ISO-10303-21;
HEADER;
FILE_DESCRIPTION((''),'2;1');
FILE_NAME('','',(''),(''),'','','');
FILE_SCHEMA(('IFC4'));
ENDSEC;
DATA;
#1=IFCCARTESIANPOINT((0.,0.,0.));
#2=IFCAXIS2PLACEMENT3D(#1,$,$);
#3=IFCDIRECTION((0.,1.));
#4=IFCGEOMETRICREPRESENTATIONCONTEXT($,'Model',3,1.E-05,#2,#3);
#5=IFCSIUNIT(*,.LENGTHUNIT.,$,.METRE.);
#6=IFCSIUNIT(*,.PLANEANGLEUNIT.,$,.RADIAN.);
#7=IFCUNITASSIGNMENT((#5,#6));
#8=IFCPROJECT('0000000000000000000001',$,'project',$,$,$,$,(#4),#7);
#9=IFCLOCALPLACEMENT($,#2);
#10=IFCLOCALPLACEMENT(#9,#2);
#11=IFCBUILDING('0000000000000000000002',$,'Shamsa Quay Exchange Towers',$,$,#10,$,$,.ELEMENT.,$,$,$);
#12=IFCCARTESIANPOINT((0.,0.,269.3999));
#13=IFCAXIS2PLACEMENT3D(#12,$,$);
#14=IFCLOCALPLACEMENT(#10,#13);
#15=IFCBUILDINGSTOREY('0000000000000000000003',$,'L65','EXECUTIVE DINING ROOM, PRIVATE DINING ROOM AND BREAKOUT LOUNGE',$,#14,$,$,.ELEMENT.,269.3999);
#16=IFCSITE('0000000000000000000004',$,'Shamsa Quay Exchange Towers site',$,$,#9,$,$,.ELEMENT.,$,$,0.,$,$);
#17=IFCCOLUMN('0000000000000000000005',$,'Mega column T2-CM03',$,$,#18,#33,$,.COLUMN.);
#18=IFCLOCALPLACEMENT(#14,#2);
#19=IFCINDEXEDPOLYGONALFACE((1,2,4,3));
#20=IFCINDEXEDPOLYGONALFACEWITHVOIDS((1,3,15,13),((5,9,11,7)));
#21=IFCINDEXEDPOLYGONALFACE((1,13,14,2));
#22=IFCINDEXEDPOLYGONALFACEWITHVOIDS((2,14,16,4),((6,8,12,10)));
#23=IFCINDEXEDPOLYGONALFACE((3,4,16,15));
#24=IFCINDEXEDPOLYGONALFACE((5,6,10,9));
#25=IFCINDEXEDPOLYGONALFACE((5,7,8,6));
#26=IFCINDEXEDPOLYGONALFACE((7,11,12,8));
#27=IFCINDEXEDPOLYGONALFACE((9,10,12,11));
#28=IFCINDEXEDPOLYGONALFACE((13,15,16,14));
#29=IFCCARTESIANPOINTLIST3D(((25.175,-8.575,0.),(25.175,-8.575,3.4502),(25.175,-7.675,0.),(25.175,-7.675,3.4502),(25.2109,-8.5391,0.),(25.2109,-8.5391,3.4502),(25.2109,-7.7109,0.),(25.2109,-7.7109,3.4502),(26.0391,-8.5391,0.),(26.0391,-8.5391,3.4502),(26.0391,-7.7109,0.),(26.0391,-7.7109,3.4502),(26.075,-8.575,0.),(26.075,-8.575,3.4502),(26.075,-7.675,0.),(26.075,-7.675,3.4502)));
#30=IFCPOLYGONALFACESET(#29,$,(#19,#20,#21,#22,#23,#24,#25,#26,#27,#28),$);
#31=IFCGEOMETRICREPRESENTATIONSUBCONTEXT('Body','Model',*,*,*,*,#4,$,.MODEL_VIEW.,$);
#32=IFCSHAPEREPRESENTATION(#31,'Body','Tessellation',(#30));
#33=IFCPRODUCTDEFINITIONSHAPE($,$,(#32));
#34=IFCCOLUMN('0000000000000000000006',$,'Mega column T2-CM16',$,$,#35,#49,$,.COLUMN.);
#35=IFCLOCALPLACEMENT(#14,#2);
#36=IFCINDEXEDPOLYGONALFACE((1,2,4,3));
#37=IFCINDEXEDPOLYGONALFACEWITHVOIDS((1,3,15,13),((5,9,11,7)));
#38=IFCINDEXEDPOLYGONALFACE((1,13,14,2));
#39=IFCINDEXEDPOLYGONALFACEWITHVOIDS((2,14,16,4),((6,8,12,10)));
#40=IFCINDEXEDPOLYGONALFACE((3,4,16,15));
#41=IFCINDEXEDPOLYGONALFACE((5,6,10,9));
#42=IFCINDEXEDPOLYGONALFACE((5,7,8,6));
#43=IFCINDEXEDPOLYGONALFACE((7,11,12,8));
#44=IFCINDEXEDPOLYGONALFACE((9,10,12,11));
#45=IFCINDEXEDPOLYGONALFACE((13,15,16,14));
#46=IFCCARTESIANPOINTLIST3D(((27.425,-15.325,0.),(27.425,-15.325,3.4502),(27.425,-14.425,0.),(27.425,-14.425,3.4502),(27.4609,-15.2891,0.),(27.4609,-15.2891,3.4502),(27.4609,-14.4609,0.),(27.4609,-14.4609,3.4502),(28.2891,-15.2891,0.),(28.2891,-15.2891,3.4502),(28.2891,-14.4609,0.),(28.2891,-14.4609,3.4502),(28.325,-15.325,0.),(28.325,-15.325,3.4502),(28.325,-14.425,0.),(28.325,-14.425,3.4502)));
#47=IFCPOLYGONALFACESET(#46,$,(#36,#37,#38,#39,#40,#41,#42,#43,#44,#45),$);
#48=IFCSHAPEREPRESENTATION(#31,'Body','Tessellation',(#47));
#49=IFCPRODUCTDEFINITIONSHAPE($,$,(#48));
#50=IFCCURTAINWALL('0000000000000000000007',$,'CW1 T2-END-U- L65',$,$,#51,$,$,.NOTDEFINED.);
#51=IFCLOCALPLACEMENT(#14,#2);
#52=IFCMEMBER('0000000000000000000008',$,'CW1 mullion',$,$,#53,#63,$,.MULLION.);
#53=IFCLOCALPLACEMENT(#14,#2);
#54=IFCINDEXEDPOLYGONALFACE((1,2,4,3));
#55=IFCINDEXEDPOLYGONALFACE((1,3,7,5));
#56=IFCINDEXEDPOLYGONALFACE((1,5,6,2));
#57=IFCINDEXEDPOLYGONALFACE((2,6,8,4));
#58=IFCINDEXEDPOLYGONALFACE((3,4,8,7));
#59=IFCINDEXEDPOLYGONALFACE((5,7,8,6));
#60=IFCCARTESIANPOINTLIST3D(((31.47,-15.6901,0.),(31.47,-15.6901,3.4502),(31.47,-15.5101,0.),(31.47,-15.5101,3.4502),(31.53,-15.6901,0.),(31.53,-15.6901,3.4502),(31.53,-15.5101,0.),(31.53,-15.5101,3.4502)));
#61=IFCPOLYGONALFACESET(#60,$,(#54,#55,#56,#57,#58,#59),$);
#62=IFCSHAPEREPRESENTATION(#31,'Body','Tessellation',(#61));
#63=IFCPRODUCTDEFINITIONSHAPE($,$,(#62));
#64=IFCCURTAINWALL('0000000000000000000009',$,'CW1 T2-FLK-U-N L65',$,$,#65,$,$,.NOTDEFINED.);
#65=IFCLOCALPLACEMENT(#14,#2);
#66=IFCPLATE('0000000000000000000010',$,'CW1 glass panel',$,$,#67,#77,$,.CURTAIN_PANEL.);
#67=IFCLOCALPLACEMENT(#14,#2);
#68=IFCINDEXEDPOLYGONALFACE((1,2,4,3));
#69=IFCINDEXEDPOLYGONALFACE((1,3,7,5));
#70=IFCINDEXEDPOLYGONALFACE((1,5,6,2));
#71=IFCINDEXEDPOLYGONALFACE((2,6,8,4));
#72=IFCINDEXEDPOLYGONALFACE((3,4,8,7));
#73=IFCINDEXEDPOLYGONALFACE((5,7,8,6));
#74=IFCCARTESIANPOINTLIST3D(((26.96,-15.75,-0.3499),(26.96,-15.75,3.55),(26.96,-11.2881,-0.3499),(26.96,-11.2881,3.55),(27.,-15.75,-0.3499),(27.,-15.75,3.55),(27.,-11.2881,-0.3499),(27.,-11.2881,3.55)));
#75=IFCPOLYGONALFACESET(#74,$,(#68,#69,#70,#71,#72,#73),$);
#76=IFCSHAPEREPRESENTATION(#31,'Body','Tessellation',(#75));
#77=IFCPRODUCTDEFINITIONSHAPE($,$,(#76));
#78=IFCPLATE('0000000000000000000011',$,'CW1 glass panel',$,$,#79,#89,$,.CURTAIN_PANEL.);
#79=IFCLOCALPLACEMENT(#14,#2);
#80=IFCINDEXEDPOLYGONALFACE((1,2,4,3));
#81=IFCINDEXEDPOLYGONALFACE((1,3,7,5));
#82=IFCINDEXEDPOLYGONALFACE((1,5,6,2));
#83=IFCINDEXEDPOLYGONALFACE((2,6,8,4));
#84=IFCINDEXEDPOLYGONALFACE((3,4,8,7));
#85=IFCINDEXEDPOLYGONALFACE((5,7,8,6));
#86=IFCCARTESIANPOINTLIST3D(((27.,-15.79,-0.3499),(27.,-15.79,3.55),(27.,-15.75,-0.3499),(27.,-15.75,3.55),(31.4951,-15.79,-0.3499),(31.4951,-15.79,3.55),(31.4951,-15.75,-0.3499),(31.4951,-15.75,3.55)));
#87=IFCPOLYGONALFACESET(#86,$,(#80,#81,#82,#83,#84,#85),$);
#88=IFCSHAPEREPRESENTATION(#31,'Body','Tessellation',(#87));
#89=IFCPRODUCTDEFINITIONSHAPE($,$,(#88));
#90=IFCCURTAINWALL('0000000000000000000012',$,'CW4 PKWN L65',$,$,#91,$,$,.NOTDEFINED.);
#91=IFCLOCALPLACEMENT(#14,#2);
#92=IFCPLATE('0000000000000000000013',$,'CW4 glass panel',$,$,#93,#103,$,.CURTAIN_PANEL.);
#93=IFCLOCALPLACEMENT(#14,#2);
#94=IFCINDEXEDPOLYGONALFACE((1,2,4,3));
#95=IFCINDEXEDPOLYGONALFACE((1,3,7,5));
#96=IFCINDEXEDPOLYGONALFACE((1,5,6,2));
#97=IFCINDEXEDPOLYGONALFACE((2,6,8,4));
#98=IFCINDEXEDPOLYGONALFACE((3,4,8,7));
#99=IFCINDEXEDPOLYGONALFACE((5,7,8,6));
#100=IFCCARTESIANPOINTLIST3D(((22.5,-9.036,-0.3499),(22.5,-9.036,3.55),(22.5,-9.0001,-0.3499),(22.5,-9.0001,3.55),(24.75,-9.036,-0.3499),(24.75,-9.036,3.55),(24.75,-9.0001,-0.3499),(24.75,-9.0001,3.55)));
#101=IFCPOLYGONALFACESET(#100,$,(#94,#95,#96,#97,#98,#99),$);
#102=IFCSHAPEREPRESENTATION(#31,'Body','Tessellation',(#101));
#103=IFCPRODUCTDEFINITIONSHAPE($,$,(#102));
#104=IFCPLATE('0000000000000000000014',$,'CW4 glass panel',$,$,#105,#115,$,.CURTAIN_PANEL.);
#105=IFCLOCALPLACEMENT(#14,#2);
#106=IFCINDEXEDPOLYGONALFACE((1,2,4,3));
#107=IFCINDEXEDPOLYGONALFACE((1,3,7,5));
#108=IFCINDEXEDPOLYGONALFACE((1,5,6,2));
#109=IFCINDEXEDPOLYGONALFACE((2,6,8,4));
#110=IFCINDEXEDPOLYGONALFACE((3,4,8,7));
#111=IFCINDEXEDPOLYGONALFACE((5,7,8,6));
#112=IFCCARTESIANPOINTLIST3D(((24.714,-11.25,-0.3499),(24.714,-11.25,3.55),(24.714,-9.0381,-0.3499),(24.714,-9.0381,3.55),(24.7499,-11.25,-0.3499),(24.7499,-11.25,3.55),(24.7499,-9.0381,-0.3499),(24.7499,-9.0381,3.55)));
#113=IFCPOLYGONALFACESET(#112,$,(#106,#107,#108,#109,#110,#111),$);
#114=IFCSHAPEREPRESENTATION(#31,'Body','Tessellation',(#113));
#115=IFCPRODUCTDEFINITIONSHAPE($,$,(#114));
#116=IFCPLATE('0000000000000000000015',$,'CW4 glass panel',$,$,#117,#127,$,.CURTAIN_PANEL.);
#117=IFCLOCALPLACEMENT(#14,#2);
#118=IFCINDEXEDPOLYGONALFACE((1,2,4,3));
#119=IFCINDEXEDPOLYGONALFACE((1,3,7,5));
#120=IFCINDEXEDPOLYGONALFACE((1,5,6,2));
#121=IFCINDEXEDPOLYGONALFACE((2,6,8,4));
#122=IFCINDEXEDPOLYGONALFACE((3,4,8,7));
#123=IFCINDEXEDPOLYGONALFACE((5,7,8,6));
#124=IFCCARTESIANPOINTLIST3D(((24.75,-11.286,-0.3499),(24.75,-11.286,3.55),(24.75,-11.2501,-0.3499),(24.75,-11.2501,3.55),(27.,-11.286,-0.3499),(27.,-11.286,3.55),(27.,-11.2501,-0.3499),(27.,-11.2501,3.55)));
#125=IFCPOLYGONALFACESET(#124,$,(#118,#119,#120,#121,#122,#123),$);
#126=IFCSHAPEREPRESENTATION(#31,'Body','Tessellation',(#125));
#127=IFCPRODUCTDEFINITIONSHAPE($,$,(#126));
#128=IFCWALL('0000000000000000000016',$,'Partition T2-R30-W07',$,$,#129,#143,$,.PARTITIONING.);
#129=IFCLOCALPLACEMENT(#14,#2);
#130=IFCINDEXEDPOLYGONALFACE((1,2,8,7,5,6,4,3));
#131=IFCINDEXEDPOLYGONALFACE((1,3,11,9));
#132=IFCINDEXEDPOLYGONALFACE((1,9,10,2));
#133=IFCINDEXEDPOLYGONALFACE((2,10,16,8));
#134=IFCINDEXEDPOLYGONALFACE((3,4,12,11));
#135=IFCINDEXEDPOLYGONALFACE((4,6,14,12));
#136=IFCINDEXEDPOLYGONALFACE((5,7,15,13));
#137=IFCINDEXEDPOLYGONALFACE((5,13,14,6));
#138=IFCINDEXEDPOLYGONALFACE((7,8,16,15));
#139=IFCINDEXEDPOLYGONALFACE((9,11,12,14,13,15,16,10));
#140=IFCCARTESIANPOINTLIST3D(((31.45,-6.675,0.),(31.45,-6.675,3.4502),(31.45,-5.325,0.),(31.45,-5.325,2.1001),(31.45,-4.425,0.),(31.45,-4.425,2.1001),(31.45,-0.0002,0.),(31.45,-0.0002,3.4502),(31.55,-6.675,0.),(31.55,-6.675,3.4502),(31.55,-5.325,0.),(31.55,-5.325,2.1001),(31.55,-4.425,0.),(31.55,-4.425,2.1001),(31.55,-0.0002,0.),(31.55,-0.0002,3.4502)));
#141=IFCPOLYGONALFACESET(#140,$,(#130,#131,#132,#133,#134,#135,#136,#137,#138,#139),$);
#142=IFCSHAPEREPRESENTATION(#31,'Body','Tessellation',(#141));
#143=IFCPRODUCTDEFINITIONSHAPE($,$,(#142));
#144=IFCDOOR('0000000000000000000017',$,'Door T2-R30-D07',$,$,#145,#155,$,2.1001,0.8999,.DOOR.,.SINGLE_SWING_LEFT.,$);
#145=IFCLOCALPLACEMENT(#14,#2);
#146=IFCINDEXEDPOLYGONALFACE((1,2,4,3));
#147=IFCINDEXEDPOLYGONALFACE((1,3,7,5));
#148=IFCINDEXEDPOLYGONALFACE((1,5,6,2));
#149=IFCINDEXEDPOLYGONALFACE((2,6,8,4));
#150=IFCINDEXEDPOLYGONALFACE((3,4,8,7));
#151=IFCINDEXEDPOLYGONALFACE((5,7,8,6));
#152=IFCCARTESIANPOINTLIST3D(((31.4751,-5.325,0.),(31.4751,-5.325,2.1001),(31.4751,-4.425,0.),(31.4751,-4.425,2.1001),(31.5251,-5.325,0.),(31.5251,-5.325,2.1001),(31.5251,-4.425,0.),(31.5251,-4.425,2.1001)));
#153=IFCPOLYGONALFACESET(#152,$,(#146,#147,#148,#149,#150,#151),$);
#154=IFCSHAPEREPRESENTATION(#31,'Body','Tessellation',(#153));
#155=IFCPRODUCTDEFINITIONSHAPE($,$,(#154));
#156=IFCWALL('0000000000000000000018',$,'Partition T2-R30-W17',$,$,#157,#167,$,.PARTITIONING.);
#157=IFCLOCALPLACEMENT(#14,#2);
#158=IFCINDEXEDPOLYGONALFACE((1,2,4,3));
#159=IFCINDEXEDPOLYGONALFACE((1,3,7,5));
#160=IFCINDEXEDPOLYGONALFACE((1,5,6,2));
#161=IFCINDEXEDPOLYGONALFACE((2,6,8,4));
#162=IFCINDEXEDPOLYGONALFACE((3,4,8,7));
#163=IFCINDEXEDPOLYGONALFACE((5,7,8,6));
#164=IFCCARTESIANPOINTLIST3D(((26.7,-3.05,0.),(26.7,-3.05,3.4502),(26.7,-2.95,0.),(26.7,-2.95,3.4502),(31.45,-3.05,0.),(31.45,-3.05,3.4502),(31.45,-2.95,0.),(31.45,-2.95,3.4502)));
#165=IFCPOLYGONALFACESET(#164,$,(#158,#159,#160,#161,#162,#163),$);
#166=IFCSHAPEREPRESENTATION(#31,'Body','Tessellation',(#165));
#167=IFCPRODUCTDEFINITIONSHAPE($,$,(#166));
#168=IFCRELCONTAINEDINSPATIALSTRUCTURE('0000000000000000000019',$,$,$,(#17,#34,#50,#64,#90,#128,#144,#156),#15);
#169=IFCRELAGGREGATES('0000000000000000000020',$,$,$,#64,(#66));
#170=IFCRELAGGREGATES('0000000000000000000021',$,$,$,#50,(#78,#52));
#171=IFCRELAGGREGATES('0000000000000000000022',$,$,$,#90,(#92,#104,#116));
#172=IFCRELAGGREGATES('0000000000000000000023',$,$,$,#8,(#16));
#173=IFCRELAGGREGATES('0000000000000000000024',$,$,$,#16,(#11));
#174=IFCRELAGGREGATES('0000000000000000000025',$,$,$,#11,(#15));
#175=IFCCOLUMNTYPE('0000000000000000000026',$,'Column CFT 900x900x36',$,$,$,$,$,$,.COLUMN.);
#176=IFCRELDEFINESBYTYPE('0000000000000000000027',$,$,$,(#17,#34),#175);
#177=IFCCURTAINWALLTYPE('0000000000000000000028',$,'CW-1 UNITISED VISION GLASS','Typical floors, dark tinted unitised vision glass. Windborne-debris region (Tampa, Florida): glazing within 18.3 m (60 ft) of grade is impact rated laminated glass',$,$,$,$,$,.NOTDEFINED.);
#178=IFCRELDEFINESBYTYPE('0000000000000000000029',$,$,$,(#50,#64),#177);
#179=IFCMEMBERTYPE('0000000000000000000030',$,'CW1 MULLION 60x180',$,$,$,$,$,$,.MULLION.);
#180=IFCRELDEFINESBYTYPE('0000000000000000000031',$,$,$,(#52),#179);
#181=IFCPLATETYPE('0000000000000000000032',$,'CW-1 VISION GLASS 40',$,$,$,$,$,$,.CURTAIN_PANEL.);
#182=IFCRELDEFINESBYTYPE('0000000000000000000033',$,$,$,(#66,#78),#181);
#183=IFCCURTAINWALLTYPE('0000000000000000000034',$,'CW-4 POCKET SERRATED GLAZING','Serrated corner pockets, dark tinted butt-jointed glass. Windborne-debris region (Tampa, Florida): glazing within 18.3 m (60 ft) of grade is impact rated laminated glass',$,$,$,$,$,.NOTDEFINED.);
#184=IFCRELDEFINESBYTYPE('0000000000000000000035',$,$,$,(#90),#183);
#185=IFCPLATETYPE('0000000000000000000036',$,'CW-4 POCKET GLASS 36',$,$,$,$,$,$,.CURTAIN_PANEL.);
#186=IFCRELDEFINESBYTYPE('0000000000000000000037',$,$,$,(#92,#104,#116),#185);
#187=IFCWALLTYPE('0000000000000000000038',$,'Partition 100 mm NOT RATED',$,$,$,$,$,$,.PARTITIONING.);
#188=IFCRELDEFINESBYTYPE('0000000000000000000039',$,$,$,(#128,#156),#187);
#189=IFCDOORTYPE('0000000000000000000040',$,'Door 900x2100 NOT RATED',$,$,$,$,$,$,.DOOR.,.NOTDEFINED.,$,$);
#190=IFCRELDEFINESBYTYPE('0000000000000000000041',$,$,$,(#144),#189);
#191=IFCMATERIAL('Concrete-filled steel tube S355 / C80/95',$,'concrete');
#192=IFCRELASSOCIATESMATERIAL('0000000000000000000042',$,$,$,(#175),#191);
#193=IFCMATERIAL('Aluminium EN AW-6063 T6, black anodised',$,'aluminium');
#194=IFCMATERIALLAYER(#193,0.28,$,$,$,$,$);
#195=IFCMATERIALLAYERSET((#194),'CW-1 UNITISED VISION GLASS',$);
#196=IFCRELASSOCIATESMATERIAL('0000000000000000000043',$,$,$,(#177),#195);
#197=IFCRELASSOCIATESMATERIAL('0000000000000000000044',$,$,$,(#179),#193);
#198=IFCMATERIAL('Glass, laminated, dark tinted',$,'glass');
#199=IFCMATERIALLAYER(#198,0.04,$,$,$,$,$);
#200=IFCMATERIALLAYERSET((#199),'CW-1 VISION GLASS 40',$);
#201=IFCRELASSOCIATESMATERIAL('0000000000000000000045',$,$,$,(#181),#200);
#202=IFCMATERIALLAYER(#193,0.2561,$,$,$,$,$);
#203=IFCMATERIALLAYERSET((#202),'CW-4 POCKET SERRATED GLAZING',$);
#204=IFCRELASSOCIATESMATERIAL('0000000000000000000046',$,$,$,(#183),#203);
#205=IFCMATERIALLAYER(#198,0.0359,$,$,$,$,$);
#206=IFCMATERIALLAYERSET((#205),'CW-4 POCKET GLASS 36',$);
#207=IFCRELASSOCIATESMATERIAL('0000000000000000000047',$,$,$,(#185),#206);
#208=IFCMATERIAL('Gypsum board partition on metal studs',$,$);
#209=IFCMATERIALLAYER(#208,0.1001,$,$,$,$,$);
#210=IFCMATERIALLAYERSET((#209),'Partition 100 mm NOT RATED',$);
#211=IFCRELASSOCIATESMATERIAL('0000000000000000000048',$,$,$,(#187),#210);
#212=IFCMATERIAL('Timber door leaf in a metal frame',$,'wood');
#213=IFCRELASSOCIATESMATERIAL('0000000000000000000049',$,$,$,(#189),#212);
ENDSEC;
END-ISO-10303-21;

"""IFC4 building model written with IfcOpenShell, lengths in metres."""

from ifc_helpers import new_model, si_unit, direction, frame, frame_2d, origin, origin_2d, place, context, subcontext, project, spatial, rectangle, hollow_rectangle, extrude, material, layer, layer_set, material_profile, profile_set, type_object, element, fill, aggregate, save


model = new_model("IFC4")

# Units and contexts
model_context = context("Model", 3, precision=1e-05, world=origin(), true_north=direction((0.0, 1.0)))
body_context = subcontext(model_context, "Body", "Model", "MODEL_VIEW")
ifc_project = project(units=[si_unit("LENGTHUNIT", "METRE"), si_unit("PLANEANGLEUNIT", "RADIAN")], contexts=[model_context])

# Site, building, storey
site_placement = place(None, origin())
site = spatial("IfcSite", under=ifc_project, at=site_placement, Name="Shamsa Quay Exchange Towers site", CompositionType="ELEMENT", RefElevation=0.0)
building_placement = place(site_placement, origin())
building = spatial("IfcBuilding", under=site, at=building_placement, Name="Shamsa Quay Exchange Towers", CompositionType="ELEMENT")
storey_placement = place(building_placement, frame((0.0, 0.0, 269.3999)))
storey = spatial("IfcBuildingStorey", under=building, at=storey_placement, Name="L65", Description="EXECUTIVE DINING ROOM, PRIVATE DINING ROOM AND BREAKOUT LOUNGE", CompositionType="ELEMENT", Elevation=269.3999)

# Columns
ifc_material_1 = material(Name="Concrete-filled steel tube S355 / C80/95", Category="concrete")
ifc_material_profile_1 = material_profile(ifc_material_1, hollow_rectangle(XDim=0.8999, YDim=0.8999, WallThickness=0.0359, at=origin_2d()), Name="CFT 900x900x36")
ifc_profile_set_1 = profile_set([ifc_material_profile_1], Name="Concrete-filled steel tube S355 / C80/95")
column_type = type_object("IfcColumnType", Name="Column CFT 900x900x36", PredefinedType="COLUMN", material=ifc_profile_set_1)
for number, where, name in (
    (1, (25.625, -8.125, 0.0), "Mega column T2-CM03"),
    (2, (27.875, -14.875, 0.0), "Mega column T2-CM16"),
):
    element("IfcColumn", number, at=place(storey_placement, frame(where)), inside=storey, type_object=column_type, Name=name, PredefinedType="COLUMN", context=body_context, shape_type="SweptSolid", body=[
        extrude(hollow_rectangle(XDim=0.8999, YDim=0.8999, WallThickness=0.0359, at=origin_2d()), origin(), (0.0, 0.0, 1.0), 3.4502),
    ])

# Curtain wall, member
ifc_material_2 = material(Name="Aluminium EN AW-6063 T6, black anodised", Category="aluminium")
ifc_layer_1 = layer(ifc_material_2, 0.28)
ifc_layer_set_1 = layer_set([ifc_layer_1], Name="CW-1 UNITISED VISION GLASS")
curtain_wall_type_1 = type_object("IfcCurtainWallType", Name="CW-1 UNITISED VISION GLASS", Description="Typical floors, dark tinted unitised vision glass. Windborne-debris region (Tampa, Florida): glazing within 18.3 m (60 ft) of grade is impact rated laminated glass", PredefinedType="NOTDEFINED", material=ifc_layer_set_1)
curtain_wall_1_placement = place(storey_placement, origin())
curtain_wall_1 = element("IfcCurtainWall", 3, at=curtain_wall_1_placement, inside=storey, type_object=curtain_wall_type_1, Name="CW1 T2-END-U- L65", PredefinedType="NOTDEFINED")
ifc_material_profile_2 = material_profile(ifc_material_2, rectangle(XDim=0.1799, YDim=0.0601, at=origin_2d()), Name="MU60x180")
ifc_profile_set_2 = profile_set([ifc_material_profile_2], Name="Aluminium EN AW-6063 T6, black anodised")
member_type = type_object("IfcMemberType", Name="CW1 MULLION 60x180", PredefinedType="MULLION", material=ifc_profile_set_2)
member_placement = place(storey_placement, frame((31.5, -15.6001, 0.0), z_axis=(0.0, 0.0, 1.0), x_axis=(0.0, 1.0, 0.0)))
member = element("IfcMember", 4, at=member_placement, type_object=member_type, Name="CW1 mullion", PredefinedType="MULLION", context=body_context, shape_type="SweptSolid", body=[
    extrude(rectangle(XDim=0.1799, YDim=0.0601, at=origin_2d()), origin(), (0.0, 0.0, 1.0), 3.4502),
])

# Curtain wall, plate
curtain_wall_2_placement = place(storey_placement, origin())
curtain_wall_2 = element("IfcCurtainWall", 5, at=curtain_wall_2_placement, inside=storey, type_object=curtain_wall_type_1, Name="CW1 T2-FLK-U-N L65", PredefinedType="NOTDEFINED")
ifc_material_3 = material(Name="Glass, laminated, dark tinted", Category="glass")
ifc_layer_2 = layer(ifc_material_3, 0.04)
ifc_layer_set_2 = layer_set([ifc_layer_2], Name="CW-1 VISION GLASS 40")
plate_type_1 = type_object("IfcPlateType", Name="CW-1 VISION GLASS 40", PredefinedType="CURTAIN_PANEL", material=ifc_layer_set_2)
plate_1_placement = place(storey_placement, frame((26.98, -13.519, -0.3499), z_axis=(0.0, 0.0, 1.0), x_axis=(0.0, -1.0, 0.0)))
plate_1 = element("IfcPlate", 6, at=plate_1_placement, type_object=plate_type_1, Name="CW1 glass panel", PredefinedType="CURTAIN_PANEL", context=body_context, shape_type="SweptSolid", body=[
    extrude(rectangle(XDim=4.4619, YDim=0.04, at=origin_2d()), origin(), (0.0, 0.0, 1.0), 3.8999),
])
aggregate(curtain_wall_2, [plate_1])

# Plate
plate_2_placement = place(storey_placement, frame((29.2476, -15.77, -0.3499)))
plate_2 = element("IfcPlate", 7, at=plate_2_placement, type_object=plate_type_1, Name="CW1 glass panel", PredefinedType="CURTAIN_PANEL", context=body_context, shape_type="SweptSolid", body=[
    extrude(rectangle(XDim=4.4951, YDim=0.04, at=origin_2d()), origin(), (0.0, 0.0, 1.0), 3.8999),
])
aggregate(curtain_wall_1, [plate_2, member])

# Curtain wall, plates
ifc_layer_3 = layer(ifc_material_2, 0.2561)
ifc_layer_set_3 = layer_set([ifc_layer_3], Name="CW-4 POCKET SERRATED GLAZING")
curtain_wall_type_2 = type_object("IfcCurtainWallType", Name="CW-4 POCKET SERRATED GLAZING", Description="Serrated corner pockets, dark tinted butt-jointed glass. Windborne-debris region (Tampa, Florida): glazing within 18.3 m (60 ft) of grade is impact rated laminated glass", PredefinedType="NOTDEFINED", material=ifc_layer_set_3)
curtain_wall_3_placement = place(storey_placement, origin())
curtain_wall_3 = element("IfcCurtainWall", 8, at=curtain_wall_3_placement, inside=storey, type_object=curtain_wall_type_2, Name="CW4 PKWN L65", PredefinedType="NOTDEFINED")
ifc_layer_4 = layer(ifc_material_3, 0.0359)
ifc_layer_set_4 = layer_set([ifc_layer_4], Name="CW-4 POCKET GLASS 36")
plate_type_2 = type_object("IfcPlateType", Name="CW-4 POCKET GLASS 36", PredefinedType="CURTAIN_PANEL", material=ifc_layer_set_4)
plate_3_placement = place(storey_placement, frame((23.625, -9.0181, -0.3499)))
plate_3 = element("IfcPlate", 9, at=plate_3_placement, type_object=plate_type_2, Name="CW4 glass panel", PredefinedType="CURTAIN_PANEL", context=body_context, shape_type="SweptSolid", body=[
    extrude(rectangle(XDim=2.25, YDim=0.0359, at=origin_2d()), origin(), (0.0, 0.0, 1.0), 3.8999),
])
plate_4_placement = place(storey_placement, frame((24.7319, -10.144, -0.3499), z_axis=(0.0, 0.0, 1.0), x_axis=(0.0, -1.0, 0.0)))
plate_4 = element("IfcPlate", 10, at=plate_4_placement, type_object=plate_type_2, Name="CW4 glass panel", PredefinedType="CURTAIN_PANEL", context=body_context, shape_type="SweptSolid", body=[
    extrude(rectangle(XDim=2.2119, YDim=0.0359, at=origin_2d()), origin(), (0.0, 0.0, 1.0), 3.8999),
])
plate_5_placement = place(storey_placement, frame((25.875, -11.2681, -0.3499)))
plate_5 = element("IfcPlate", 11, at=plate_5_placement, type_object=plate_type_2, Name="CW4 glass panel", PredefinedType="CURTAIN_PANEL", context=body_context, shape_type="SweptSolid", body=[
    extrude(rectangle(XDim=2.25, YDim=0.0359, at=origin_2d()), origin(), (0.0, 0.0, 1.0), 3.8999),
])
aggregate(curtain_wall_3, [plate_3, plate_4, plate_5])

# Wall, opening, door
ifc_material_4 = material(Name="Gypsum board partition on metal studs")
ifc_layer_5 = layer(ifc_material_4, 0.1001)
ifc_layer_set_5 = layer_set([ifc_layer_5], Name="Partition 100 mm NOT RATED")
wall_type_1 = type_object("IfcWallType", Name="Partition 100 mm NOT RATED", PredefinedType="PARTITIONING", material=ifc_layer_set_5)
wall_1_placement = place(storey_placement, frame((31.5, -6.675, 0.0), z_axis=(0.0, 0.0, 1.0), x_axis=(0.0, 1.0, 0.0)))
wall_1 = element("IfcWall", 12, at=wall_1_placement, inside=storey, type_object=wall_type_1, Name="Partition T2-R30-W07", PredefinedType="PARTITIONING", context=body_context, shape_type="SweptSolid", body=[
    extrude(rectangle(XDim=6.6748, YDim=0.1001, at=frame_2d((3.3374, 0.0))), origin(), (0.0, 0.0, 1.0), 3.4502),
])
opening_1_placement = place(wall_1_placement, frame((1.3501, 0.0, 0.0)))
opening_1 = element("IfcOpeningElement", 13, at=opening_1_placement, cuts=wall_1, PredefinedType="OPENING", context=body_context, shape_type="SweptSolid", body=[
    extrude(rectangle(XDim=0.8999, YDim=2.1001, at=frame_2d((0.45, 1.05))), frame((0.0, 0.0601, 0.0), z_axis=(0.0, -1.0, 0.0), x_axis=(1.0, 0.0, 0.0)), (0.0, 0.0, 1.0), 0.1201),
])
ifc_material_5 = material(Name="Timber door leaf in a metal frame", Category="wood")
door_type_1 = type_object("IfcDoorType", Name="Door 900x2100 NOT RATED", OperationType="NOTDEFINED", PredefinedType="DOOR", material=ifc_material_5)
door_1_placement = place(opening_1_placement, origin())
door_1 = element("IfcDoor", 14, at=door_1_placement, inside=storey, type_object=door_type_1, Name="Door T2-R30-D07", OperationType="SINGLE_SWING_LEFT", OverallHeight=2.1001, OverallWidth=0.8999, PredefinedType="DOOR", context=body_context, shape_type="SweptSolid", body=[
    extrude(rectangle(XDim=0.8999, YDim=2.1001, at=frame_2d((0.45, 1.05))), frame((0.0, 0.0249, 0.0), z_axis=(0.0, -1.0, 0.0), x_axis=(1.0, 0.0, 0.0)), (0.0, 0.0, 1.0), 0.05),
])
fill(opening_1, door_1)

# Wall
wall_2_placement = place(storey_placement, frame((31.45, -3.0, 0.0), z_axis=(0.0, 0.0, 1.0), x_axis=(-1.0, 0.0, 0.0)))
element("IfcWall", 15, at=wall_2_placement, inside=storey, type_object=wall_type_1, Name="Partition T2-R30-W17", PredefinedType="PARTITIONING", context=body_context, shape_type="SweptSolid", body=[
    extrude(rectangle(XDim=4.75, YDim=0.1001, at=frame_2d((2.375, 0.0))), origin(), (0.0, 0.0, 1.0), 3.4502),
])

save(model, "model.ifc")
